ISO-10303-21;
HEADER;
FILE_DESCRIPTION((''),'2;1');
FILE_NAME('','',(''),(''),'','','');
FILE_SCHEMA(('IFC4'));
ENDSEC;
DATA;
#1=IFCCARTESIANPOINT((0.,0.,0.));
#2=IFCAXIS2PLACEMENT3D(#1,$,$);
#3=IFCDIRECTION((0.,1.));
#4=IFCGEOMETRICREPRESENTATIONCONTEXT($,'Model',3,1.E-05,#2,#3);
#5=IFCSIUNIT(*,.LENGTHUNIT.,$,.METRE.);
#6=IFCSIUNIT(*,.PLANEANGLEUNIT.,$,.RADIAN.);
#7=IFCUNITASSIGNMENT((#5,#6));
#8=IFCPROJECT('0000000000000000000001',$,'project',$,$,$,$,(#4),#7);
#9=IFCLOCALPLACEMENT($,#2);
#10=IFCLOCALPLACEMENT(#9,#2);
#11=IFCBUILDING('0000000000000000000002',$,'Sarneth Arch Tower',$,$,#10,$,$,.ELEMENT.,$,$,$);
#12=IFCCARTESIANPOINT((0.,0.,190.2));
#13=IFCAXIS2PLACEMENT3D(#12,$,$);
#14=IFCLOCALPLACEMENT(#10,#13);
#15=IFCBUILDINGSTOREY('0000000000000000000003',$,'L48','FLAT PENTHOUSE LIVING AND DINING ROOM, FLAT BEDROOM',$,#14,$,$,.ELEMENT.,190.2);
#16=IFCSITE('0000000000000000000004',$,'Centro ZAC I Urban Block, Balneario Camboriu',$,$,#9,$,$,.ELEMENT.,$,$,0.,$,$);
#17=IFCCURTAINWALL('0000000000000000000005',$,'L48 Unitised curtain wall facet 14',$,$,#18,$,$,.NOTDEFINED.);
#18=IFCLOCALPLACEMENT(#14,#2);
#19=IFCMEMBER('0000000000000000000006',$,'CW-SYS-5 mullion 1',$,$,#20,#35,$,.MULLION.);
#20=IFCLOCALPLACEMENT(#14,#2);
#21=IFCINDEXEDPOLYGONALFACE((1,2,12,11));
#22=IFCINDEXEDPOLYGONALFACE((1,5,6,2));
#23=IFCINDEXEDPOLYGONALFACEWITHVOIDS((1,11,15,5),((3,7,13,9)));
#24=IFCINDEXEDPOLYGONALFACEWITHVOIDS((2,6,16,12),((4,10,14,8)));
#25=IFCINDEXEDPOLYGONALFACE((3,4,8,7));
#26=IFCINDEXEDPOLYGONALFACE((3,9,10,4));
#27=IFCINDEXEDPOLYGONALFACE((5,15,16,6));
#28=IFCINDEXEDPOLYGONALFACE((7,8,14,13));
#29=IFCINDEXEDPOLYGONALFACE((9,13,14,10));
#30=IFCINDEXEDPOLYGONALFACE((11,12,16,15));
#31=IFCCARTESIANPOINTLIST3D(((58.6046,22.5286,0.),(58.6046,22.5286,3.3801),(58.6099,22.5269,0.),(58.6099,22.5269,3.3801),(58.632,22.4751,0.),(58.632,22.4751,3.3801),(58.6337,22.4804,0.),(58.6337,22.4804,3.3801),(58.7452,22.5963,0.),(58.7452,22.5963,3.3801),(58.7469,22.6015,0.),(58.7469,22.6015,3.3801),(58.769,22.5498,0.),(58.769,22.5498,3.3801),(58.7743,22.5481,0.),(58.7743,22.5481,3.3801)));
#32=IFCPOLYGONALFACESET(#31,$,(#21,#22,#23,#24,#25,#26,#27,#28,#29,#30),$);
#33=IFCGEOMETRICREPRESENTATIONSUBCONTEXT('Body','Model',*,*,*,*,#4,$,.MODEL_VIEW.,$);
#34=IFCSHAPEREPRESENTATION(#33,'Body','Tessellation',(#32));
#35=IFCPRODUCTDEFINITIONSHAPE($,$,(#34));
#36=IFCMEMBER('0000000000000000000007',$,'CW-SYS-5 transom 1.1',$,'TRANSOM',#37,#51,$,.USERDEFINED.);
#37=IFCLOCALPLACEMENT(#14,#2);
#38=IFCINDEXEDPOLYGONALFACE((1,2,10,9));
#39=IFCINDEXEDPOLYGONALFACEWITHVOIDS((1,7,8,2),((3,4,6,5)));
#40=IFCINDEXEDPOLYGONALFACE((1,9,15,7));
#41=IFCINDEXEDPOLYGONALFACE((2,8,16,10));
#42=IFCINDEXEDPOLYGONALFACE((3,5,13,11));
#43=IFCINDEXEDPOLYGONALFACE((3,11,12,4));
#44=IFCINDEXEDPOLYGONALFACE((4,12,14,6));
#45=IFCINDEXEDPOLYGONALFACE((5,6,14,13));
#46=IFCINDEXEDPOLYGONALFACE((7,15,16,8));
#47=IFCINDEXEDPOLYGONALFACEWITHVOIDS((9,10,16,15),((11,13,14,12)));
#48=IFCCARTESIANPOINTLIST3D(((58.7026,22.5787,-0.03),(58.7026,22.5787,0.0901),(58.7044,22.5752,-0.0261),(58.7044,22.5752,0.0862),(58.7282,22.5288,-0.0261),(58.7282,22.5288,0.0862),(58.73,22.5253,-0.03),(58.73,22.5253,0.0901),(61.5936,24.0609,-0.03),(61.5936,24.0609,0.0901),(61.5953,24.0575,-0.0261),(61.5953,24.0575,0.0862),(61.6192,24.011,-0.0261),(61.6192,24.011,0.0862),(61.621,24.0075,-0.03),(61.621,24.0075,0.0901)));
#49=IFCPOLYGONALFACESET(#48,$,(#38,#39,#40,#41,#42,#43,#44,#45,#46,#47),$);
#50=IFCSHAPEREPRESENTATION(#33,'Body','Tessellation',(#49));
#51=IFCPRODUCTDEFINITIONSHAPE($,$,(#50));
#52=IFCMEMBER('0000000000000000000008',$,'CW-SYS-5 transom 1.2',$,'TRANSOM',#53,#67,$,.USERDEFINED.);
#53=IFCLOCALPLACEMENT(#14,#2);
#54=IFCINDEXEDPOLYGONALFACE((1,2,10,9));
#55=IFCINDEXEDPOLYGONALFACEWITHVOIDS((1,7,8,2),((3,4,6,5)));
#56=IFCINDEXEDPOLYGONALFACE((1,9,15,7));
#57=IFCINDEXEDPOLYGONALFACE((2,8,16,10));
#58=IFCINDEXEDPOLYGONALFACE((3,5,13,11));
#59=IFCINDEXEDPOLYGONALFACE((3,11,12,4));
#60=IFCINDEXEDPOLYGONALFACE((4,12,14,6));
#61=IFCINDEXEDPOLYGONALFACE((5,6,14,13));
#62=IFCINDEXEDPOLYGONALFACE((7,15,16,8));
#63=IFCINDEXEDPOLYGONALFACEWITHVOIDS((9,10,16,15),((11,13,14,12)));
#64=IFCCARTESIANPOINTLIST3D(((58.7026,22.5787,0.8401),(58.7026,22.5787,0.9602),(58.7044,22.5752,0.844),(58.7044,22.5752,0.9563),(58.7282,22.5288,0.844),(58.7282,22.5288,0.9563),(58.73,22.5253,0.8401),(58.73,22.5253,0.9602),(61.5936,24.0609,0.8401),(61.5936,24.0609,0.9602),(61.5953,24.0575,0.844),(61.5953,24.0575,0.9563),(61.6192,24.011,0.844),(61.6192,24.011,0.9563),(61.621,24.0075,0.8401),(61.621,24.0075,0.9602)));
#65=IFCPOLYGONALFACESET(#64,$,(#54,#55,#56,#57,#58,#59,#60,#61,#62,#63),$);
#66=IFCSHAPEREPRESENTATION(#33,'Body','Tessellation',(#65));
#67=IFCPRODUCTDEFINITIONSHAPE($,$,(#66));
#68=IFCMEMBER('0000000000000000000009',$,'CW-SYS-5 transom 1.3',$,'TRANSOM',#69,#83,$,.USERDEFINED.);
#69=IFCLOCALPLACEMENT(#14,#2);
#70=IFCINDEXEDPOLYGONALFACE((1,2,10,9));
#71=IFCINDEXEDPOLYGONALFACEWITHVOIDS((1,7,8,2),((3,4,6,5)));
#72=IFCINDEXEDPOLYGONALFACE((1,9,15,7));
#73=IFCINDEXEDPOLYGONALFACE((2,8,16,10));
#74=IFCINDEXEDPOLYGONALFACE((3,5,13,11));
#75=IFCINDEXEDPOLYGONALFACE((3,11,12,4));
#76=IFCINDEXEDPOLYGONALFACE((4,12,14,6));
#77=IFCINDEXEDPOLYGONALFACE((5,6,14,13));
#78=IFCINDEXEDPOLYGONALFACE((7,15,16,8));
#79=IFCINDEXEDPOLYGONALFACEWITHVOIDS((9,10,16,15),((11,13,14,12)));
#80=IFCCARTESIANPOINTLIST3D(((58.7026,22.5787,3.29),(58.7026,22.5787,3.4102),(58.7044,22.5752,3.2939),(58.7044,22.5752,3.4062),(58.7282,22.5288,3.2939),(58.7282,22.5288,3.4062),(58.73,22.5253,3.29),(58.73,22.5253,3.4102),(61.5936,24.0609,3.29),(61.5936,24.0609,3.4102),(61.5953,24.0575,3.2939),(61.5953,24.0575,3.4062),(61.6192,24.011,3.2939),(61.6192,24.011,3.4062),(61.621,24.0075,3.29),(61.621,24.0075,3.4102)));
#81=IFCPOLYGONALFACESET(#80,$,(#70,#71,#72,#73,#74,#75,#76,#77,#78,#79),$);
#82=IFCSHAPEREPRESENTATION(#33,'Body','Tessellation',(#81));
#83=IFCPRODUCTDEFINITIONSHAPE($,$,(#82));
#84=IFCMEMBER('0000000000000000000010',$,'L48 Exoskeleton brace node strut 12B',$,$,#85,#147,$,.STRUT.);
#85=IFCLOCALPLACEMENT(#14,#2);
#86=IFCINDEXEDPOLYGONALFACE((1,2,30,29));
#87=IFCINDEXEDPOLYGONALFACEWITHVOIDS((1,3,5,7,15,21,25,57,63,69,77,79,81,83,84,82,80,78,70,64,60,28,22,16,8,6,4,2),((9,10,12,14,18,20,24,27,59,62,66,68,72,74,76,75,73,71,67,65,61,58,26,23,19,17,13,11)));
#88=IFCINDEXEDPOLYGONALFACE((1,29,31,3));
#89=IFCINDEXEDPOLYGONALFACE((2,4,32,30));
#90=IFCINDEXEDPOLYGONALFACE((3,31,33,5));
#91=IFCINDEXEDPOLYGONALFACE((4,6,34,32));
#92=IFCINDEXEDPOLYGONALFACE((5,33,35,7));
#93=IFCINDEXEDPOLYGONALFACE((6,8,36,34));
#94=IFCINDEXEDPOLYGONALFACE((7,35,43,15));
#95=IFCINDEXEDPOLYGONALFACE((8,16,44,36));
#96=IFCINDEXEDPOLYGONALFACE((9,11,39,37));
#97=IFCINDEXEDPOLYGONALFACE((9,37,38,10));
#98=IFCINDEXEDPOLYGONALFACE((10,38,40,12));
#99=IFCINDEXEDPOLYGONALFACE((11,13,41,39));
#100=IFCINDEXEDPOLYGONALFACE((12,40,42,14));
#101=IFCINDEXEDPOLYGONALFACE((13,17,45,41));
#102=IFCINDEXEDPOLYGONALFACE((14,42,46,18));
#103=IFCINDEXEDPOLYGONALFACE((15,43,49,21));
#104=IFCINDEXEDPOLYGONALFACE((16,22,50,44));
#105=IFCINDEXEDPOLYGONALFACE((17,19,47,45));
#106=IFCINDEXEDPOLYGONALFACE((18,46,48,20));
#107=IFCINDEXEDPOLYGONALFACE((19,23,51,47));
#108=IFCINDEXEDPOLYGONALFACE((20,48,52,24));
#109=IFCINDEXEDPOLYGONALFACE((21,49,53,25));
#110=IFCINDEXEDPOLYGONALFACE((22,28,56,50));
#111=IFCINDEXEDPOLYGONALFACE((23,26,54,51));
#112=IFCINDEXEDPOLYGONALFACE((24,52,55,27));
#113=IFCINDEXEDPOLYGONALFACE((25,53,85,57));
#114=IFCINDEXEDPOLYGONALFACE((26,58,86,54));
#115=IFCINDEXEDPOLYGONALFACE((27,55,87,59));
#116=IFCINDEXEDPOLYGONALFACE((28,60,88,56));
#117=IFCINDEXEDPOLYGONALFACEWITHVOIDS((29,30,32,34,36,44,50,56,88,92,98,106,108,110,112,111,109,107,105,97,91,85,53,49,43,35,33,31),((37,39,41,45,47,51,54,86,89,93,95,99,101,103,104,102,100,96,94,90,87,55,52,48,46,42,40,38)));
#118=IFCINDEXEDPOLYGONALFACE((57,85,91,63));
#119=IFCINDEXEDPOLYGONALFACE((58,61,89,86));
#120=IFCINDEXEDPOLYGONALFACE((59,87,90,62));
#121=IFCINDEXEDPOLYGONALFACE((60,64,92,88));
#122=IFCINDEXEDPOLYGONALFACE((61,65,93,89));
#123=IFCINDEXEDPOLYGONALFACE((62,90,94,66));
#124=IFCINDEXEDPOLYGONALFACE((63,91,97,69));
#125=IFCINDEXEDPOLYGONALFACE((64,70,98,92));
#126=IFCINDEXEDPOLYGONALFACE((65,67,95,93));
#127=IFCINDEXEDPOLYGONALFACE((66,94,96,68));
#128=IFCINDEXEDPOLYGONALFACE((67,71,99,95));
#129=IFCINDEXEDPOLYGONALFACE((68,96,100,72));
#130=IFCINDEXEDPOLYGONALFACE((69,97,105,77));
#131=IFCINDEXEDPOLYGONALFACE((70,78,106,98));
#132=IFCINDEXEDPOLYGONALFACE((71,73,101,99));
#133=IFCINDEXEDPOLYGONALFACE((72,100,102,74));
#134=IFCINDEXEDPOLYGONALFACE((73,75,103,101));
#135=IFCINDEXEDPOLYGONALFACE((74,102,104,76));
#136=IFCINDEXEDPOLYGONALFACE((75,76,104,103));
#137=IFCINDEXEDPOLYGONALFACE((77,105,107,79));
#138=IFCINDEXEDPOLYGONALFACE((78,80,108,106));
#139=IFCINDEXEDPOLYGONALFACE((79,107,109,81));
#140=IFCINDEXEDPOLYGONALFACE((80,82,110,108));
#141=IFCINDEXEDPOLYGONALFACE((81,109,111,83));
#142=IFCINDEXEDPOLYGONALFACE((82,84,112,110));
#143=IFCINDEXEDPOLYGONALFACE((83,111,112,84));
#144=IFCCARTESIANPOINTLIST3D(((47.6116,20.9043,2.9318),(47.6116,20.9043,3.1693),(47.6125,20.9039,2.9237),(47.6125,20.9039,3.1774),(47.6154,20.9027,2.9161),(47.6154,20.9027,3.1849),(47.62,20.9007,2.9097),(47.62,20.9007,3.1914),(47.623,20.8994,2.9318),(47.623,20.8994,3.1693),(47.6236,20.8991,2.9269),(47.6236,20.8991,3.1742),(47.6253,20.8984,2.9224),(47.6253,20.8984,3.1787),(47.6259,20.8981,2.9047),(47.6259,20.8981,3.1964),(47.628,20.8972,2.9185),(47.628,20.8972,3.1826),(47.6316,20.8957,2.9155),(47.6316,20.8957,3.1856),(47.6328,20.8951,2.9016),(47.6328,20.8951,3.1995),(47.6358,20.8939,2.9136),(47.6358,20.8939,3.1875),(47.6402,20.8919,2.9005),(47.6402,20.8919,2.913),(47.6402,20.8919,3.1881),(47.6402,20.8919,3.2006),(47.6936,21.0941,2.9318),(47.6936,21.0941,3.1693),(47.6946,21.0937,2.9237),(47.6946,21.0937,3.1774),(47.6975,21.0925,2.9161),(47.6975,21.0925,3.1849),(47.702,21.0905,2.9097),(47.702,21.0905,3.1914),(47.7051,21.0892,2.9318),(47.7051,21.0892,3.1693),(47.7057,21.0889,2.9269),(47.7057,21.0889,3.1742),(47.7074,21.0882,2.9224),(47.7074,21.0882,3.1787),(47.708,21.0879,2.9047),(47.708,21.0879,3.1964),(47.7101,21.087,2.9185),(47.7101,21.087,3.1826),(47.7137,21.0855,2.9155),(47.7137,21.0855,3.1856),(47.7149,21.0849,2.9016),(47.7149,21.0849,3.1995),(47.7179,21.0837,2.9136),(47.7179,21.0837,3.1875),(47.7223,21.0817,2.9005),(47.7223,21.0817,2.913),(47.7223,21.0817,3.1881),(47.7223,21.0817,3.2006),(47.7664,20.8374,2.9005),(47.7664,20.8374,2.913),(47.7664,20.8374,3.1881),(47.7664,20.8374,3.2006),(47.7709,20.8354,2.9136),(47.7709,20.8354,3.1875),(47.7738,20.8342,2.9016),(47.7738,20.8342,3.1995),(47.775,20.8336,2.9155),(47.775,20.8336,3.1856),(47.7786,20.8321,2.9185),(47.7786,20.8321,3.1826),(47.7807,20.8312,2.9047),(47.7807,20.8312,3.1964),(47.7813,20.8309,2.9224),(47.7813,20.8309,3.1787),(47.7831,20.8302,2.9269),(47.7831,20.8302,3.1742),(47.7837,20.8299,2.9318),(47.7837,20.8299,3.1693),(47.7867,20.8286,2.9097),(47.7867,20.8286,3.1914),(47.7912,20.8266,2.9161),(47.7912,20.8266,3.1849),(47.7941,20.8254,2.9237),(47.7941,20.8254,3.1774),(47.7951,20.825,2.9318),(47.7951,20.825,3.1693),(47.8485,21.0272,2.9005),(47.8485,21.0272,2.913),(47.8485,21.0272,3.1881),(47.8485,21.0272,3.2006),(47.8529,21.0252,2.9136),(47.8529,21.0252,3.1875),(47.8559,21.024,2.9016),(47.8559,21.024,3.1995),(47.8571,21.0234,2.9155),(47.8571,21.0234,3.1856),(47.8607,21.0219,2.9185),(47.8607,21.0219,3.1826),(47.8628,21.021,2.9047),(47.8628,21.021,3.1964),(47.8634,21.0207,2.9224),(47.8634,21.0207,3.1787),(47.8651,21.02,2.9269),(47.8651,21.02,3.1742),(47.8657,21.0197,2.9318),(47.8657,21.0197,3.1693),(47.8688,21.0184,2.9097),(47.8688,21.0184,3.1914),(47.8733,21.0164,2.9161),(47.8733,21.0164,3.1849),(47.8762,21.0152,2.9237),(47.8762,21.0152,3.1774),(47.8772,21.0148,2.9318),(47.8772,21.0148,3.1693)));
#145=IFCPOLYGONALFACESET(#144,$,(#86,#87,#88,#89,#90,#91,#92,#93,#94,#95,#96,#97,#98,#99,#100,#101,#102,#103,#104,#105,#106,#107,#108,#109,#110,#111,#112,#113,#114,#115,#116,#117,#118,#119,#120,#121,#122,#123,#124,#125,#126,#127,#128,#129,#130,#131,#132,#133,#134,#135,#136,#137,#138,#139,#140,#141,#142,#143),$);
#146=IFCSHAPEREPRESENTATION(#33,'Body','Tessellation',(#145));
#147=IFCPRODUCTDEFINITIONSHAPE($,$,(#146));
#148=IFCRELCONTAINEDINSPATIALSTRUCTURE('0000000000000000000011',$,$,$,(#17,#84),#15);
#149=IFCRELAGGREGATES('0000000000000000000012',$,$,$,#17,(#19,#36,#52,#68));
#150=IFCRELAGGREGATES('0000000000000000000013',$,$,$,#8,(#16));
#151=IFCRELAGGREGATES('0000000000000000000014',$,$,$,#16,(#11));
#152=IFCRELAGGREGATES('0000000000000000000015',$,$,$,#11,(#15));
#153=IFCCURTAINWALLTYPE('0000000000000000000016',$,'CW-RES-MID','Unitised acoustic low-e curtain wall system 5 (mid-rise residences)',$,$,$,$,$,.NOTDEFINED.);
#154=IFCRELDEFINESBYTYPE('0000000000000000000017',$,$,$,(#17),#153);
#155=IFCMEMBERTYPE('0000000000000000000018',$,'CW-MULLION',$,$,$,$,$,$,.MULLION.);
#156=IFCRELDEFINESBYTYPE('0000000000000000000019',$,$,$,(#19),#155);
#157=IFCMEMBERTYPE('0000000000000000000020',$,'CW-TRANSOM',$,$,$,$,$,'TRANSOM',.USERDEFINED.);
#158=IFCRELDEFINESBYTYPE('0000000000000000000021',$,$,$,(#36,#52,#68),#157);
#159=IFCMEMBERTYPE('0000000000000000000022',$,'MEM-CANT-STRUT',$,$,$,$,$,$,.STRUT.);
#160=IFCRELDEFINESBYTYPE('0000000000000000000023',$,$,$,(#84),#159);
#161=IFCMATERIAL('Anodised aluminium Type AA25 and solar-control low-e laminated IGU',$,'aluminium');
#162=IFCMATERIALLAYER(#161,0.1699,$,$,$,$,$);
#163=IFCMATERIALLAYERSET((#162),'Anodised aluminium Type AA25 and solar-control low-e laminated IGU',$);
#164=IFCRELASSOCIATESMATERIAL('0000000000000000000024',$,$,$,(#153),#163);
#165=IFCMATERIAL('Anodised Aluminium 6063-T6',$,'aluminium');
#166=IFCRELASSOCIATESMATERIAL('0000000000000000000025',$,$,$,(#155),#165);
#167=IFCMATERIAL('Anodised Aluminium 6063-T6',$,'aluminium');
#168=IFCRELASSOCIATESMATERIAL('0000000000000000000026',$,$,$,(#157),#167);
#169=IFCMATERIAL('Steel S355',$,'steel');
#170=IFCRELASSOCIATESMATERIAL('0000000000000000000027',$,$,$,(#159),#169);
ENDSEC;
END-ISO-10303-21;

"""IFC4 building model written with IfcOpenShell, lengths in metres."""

from ifc_helpers import new_model, si_unit, direction, frame, origin, origin_2d, place, context, subcontext, project, spatial, hollow_rectangle, extrude, material, layer, layer_set, material_profile, profile_set, type_object, element, aggregate, save


model = new_model("IFC4")

# Units and contexts
model_context = context("Model", 3, precision=1e-05, world=origin(), true_north=direction((0.0, 1.0)))
body_context = subcontext(model_context, "Body", "Model", "MODEL_VIEW")
ifc_project = project(units=[si_unit("LENGTHUNIT", "METRE"), si_unit("PLANEANGLEUNIT", "RADIAN")], contexts=[model_context])

# Site, building, storey
site_placement = place(None, origin())
site = spatial("IfcSite", under=ifc_project, at=site_placement, Name="Centro ZAC I Urban Block, Balneario Camboriu", CompositionType="ELEMENT", RefElevation=0.0)
building_placement = place(site_placement, origin())
building = spatial("IfcBuilding", under=site, at=building_placement, Name="Sarneth Arch Tower", CompositionType="ELEMENT")
storey_placement = place(building_placement, frame((0.0, 0.0, 190.2)))
storey = spatial("IfcBuildingStorey", under=building, at=storey_placement, Name="L48", Description="FLAT PENTHOUSE LIVING AND DINING ROOM, FLAT BEDROOM", CompositionType="ELEMENT", Elevation=190.2)

# Curtain wall, members
ifc_material_1 = material(Name="Anodised aluminium Type AA25 and solar-control low-e laminated IGU", Category="aluminium")
ifc_layer_1 = layer(ifc_material_1, 0.1699)
ifc_layer_set_1 = layer_set([ifc_layer_1], Name="Anodised aluminium Type AA25 and solar-control low-e laminated IGU")
curtain_wall_type = type_object("IfcCurtainWallType", Name="CW-RES-MID", Description="Unitised acoustic low-e curtain wall system 5 (mid-rise residences)", PredefinedType="NOTDEFINED", material=ifc_layer_set_1)
curtain_wall_placement = place(storey_placement, origin())
curtain_wall = element("IfcCurtainWall", 1, at=curtain_wall_placement, inside=storey, type_object=curtain_wall_type, Name="L48 Unitised curtain wall facet 14", PredefinedType="NOTDEFINED")
ifc_material_2 = material(Name="Anodised Aluminium 6063-T6", Category="aluminium")
ifc_material_profile_1 = material_profile(ifc_material_2, hollow_rectangle(XDim=0.0601, YDim=0.1599, WallThickness=0.0039, at=origin_2d()), Name="AL-MULL-160x60x4")
ifc_profile_set_1 = profile_set([ifc_material_profile_1], Name="Anodised Aluminium 6063-T6")
member_type_1 = type_object("IfcMemberType", Name="CW-MULLION", PredefinedType="MULLION", material=ifc_profile_set_1)
member_1_placement = place(storey_placement, frame((58.6895, 22.5383, 0.0), z_axis=(0.0, 0.0, 1.0), x_axis=(-0.456208, 0.889873, 0.0)))
member_1 = element("IfcMember", 2, at=member_1_placement, type_object=member_type_1, Name="CW-SYS-5 mullion 1", PredefinedType="MULLION", context=body_context, shape_type="SweptSolid", body=[
    extrude(hollow_rectangle(XDim=0.0601, YDim=0.1599, WallThickness=0.0039, at=origin_2d()), origin(), (0.0, 0.0, 1.0), 3.3801),
])
ifc_material_3 = material(Name="Anodised Aluminium 6063-T6", Category="aluminium")
ifc_material_profile_2 = material_profile(ifc_material_3, hollow_rectangle(XDim=0.0601, YDim=0.1201, WallThickness=0.0039, at=origin_2d()), Name="AL-TRAN-120x60x4")
ifc_profile_set_2 = profile_set([ifc_material_profile_2], Name="Anodised Aluminium 6063-T6")
member_type_2 = type_object("IfcMemberType", Name="CW-TRANSOM", ElementType="TRANSOM", PredefinedType="USERDEFINED", material=ifc_profile_set_2)
member_2_placement = place(storey_placement, frame((58.7163, 22.552, 0.03), z_axis=(0.889857, 0.456239, 0.0), x_axis=(-0.456239, 0.889857, 0.0)))
member_2 = element("IfcMember", 3, at=member_2_placement, type_object=member_type_2, Name="CW-SYS-5 transom 1.1", ObjectType="TRANSOM", PredefinedType="USERDEFINED", context=body_context, shape_type="SweptSolid", body=[
    extrude(hollow_rectangle(XDim=0.0601, YDim=0.1201, WallThickness=0.0039, at=origin_2d()), origin(), (0.0, 0.0, 1.0), 3.2488),
])
member_3_placement = place(storey_placement, frame((58.7163, 22.552, 0.9001), z_axis=(0.889857, 0.456239, 0.0), x_axis=(-0.456239, 0.889857, 0.0)))
member_3 = element("IfcMember", 4, at=member_3_placement, type_object=member_type_2, Name="CW-SYS-5 transom 1.2", ObjectType="TRANSOM", PredefinedType="USERDEFINED", context=body_context, shape_type="SweptSolid", body=[
    extrude(hollow_rectangle(XDim=0.0601, YDim=0.1201, WallThickness=0.0039, at=origin_2d()), origin(), (0.0, 0.0, 1.0), 3.2488),
])
member_4_placement = place(storey_placement, frame((58.7163, 22.552, 3.3501), z_axis=(0.889857, 0.456239, 0.0), x_axis=(-0.456239, 0.889857, 0.0)))
member_4 = element("IfcMember", 5, at=member_4_placement, type_object=member_type_2, Name="CW-SYS-5 transom 1.3", ObjectType="TRANSOM", PredefinedType="USERDEFINED", context=body_context, shape_type="SweptSolid", body=[
    extrude(hollow_rectangle(XDim=0.0601, YDim=0.1201, WallThickness=0.0039, at=origin_2d()), origin(), (0.0, 0.0, 1.0), 3.2488),
])
aggregate(curtain_wall, [member_1, member_2, member_3, member_4])

# Member
ifc_material_4 = material(Name="Steel S355", Category="steel")
ifc_material_profile_3 = material_profile(ifc_material_4, hollow_rectangle(XDim=0.2, YDim=0.3, WallThickness=0.0125, InnerFilletRadius=0.0188, OuterFilletRadius=0.0312, at=origin_2d()), Name="RHS300x200x12.5")
ifc_profile_set_3 = profile_set([ifc_material_profile_3], Name="Steel S355")
member_type_3 = type_object("IfcMemberType", Name="MEM-CANT-STRUT", PredefinedType="STRUT", material=ifc_profile_set_3)
member_5_placement = place(storey_placement, frame((47.7854, 21.0544, 3.0505), z_axis=(-0.396911, -0.917857, 0.0), x_axis=(0.917857, -0.396911, 0.0)))
element("IfcMember", 6, at=member_5_placement, inside=storey, type_object=member_type_3, Name="L48 Exoskeleton brace node strut 12B", PredefinedType="STRUT", context=body_context, shape_type="SweptSolid", body=[
    extrude(hollow_rectangle(XDim=0.2, YDim=0.3, WallThickness=0.0125, InnerFilletRadius=0.0188, OuterFilletRadius=0.0312, at=origin_2d()), origin(), (0.0, 0.0, 1.0), 0.2068),
])

save(model, "model.ifc")
